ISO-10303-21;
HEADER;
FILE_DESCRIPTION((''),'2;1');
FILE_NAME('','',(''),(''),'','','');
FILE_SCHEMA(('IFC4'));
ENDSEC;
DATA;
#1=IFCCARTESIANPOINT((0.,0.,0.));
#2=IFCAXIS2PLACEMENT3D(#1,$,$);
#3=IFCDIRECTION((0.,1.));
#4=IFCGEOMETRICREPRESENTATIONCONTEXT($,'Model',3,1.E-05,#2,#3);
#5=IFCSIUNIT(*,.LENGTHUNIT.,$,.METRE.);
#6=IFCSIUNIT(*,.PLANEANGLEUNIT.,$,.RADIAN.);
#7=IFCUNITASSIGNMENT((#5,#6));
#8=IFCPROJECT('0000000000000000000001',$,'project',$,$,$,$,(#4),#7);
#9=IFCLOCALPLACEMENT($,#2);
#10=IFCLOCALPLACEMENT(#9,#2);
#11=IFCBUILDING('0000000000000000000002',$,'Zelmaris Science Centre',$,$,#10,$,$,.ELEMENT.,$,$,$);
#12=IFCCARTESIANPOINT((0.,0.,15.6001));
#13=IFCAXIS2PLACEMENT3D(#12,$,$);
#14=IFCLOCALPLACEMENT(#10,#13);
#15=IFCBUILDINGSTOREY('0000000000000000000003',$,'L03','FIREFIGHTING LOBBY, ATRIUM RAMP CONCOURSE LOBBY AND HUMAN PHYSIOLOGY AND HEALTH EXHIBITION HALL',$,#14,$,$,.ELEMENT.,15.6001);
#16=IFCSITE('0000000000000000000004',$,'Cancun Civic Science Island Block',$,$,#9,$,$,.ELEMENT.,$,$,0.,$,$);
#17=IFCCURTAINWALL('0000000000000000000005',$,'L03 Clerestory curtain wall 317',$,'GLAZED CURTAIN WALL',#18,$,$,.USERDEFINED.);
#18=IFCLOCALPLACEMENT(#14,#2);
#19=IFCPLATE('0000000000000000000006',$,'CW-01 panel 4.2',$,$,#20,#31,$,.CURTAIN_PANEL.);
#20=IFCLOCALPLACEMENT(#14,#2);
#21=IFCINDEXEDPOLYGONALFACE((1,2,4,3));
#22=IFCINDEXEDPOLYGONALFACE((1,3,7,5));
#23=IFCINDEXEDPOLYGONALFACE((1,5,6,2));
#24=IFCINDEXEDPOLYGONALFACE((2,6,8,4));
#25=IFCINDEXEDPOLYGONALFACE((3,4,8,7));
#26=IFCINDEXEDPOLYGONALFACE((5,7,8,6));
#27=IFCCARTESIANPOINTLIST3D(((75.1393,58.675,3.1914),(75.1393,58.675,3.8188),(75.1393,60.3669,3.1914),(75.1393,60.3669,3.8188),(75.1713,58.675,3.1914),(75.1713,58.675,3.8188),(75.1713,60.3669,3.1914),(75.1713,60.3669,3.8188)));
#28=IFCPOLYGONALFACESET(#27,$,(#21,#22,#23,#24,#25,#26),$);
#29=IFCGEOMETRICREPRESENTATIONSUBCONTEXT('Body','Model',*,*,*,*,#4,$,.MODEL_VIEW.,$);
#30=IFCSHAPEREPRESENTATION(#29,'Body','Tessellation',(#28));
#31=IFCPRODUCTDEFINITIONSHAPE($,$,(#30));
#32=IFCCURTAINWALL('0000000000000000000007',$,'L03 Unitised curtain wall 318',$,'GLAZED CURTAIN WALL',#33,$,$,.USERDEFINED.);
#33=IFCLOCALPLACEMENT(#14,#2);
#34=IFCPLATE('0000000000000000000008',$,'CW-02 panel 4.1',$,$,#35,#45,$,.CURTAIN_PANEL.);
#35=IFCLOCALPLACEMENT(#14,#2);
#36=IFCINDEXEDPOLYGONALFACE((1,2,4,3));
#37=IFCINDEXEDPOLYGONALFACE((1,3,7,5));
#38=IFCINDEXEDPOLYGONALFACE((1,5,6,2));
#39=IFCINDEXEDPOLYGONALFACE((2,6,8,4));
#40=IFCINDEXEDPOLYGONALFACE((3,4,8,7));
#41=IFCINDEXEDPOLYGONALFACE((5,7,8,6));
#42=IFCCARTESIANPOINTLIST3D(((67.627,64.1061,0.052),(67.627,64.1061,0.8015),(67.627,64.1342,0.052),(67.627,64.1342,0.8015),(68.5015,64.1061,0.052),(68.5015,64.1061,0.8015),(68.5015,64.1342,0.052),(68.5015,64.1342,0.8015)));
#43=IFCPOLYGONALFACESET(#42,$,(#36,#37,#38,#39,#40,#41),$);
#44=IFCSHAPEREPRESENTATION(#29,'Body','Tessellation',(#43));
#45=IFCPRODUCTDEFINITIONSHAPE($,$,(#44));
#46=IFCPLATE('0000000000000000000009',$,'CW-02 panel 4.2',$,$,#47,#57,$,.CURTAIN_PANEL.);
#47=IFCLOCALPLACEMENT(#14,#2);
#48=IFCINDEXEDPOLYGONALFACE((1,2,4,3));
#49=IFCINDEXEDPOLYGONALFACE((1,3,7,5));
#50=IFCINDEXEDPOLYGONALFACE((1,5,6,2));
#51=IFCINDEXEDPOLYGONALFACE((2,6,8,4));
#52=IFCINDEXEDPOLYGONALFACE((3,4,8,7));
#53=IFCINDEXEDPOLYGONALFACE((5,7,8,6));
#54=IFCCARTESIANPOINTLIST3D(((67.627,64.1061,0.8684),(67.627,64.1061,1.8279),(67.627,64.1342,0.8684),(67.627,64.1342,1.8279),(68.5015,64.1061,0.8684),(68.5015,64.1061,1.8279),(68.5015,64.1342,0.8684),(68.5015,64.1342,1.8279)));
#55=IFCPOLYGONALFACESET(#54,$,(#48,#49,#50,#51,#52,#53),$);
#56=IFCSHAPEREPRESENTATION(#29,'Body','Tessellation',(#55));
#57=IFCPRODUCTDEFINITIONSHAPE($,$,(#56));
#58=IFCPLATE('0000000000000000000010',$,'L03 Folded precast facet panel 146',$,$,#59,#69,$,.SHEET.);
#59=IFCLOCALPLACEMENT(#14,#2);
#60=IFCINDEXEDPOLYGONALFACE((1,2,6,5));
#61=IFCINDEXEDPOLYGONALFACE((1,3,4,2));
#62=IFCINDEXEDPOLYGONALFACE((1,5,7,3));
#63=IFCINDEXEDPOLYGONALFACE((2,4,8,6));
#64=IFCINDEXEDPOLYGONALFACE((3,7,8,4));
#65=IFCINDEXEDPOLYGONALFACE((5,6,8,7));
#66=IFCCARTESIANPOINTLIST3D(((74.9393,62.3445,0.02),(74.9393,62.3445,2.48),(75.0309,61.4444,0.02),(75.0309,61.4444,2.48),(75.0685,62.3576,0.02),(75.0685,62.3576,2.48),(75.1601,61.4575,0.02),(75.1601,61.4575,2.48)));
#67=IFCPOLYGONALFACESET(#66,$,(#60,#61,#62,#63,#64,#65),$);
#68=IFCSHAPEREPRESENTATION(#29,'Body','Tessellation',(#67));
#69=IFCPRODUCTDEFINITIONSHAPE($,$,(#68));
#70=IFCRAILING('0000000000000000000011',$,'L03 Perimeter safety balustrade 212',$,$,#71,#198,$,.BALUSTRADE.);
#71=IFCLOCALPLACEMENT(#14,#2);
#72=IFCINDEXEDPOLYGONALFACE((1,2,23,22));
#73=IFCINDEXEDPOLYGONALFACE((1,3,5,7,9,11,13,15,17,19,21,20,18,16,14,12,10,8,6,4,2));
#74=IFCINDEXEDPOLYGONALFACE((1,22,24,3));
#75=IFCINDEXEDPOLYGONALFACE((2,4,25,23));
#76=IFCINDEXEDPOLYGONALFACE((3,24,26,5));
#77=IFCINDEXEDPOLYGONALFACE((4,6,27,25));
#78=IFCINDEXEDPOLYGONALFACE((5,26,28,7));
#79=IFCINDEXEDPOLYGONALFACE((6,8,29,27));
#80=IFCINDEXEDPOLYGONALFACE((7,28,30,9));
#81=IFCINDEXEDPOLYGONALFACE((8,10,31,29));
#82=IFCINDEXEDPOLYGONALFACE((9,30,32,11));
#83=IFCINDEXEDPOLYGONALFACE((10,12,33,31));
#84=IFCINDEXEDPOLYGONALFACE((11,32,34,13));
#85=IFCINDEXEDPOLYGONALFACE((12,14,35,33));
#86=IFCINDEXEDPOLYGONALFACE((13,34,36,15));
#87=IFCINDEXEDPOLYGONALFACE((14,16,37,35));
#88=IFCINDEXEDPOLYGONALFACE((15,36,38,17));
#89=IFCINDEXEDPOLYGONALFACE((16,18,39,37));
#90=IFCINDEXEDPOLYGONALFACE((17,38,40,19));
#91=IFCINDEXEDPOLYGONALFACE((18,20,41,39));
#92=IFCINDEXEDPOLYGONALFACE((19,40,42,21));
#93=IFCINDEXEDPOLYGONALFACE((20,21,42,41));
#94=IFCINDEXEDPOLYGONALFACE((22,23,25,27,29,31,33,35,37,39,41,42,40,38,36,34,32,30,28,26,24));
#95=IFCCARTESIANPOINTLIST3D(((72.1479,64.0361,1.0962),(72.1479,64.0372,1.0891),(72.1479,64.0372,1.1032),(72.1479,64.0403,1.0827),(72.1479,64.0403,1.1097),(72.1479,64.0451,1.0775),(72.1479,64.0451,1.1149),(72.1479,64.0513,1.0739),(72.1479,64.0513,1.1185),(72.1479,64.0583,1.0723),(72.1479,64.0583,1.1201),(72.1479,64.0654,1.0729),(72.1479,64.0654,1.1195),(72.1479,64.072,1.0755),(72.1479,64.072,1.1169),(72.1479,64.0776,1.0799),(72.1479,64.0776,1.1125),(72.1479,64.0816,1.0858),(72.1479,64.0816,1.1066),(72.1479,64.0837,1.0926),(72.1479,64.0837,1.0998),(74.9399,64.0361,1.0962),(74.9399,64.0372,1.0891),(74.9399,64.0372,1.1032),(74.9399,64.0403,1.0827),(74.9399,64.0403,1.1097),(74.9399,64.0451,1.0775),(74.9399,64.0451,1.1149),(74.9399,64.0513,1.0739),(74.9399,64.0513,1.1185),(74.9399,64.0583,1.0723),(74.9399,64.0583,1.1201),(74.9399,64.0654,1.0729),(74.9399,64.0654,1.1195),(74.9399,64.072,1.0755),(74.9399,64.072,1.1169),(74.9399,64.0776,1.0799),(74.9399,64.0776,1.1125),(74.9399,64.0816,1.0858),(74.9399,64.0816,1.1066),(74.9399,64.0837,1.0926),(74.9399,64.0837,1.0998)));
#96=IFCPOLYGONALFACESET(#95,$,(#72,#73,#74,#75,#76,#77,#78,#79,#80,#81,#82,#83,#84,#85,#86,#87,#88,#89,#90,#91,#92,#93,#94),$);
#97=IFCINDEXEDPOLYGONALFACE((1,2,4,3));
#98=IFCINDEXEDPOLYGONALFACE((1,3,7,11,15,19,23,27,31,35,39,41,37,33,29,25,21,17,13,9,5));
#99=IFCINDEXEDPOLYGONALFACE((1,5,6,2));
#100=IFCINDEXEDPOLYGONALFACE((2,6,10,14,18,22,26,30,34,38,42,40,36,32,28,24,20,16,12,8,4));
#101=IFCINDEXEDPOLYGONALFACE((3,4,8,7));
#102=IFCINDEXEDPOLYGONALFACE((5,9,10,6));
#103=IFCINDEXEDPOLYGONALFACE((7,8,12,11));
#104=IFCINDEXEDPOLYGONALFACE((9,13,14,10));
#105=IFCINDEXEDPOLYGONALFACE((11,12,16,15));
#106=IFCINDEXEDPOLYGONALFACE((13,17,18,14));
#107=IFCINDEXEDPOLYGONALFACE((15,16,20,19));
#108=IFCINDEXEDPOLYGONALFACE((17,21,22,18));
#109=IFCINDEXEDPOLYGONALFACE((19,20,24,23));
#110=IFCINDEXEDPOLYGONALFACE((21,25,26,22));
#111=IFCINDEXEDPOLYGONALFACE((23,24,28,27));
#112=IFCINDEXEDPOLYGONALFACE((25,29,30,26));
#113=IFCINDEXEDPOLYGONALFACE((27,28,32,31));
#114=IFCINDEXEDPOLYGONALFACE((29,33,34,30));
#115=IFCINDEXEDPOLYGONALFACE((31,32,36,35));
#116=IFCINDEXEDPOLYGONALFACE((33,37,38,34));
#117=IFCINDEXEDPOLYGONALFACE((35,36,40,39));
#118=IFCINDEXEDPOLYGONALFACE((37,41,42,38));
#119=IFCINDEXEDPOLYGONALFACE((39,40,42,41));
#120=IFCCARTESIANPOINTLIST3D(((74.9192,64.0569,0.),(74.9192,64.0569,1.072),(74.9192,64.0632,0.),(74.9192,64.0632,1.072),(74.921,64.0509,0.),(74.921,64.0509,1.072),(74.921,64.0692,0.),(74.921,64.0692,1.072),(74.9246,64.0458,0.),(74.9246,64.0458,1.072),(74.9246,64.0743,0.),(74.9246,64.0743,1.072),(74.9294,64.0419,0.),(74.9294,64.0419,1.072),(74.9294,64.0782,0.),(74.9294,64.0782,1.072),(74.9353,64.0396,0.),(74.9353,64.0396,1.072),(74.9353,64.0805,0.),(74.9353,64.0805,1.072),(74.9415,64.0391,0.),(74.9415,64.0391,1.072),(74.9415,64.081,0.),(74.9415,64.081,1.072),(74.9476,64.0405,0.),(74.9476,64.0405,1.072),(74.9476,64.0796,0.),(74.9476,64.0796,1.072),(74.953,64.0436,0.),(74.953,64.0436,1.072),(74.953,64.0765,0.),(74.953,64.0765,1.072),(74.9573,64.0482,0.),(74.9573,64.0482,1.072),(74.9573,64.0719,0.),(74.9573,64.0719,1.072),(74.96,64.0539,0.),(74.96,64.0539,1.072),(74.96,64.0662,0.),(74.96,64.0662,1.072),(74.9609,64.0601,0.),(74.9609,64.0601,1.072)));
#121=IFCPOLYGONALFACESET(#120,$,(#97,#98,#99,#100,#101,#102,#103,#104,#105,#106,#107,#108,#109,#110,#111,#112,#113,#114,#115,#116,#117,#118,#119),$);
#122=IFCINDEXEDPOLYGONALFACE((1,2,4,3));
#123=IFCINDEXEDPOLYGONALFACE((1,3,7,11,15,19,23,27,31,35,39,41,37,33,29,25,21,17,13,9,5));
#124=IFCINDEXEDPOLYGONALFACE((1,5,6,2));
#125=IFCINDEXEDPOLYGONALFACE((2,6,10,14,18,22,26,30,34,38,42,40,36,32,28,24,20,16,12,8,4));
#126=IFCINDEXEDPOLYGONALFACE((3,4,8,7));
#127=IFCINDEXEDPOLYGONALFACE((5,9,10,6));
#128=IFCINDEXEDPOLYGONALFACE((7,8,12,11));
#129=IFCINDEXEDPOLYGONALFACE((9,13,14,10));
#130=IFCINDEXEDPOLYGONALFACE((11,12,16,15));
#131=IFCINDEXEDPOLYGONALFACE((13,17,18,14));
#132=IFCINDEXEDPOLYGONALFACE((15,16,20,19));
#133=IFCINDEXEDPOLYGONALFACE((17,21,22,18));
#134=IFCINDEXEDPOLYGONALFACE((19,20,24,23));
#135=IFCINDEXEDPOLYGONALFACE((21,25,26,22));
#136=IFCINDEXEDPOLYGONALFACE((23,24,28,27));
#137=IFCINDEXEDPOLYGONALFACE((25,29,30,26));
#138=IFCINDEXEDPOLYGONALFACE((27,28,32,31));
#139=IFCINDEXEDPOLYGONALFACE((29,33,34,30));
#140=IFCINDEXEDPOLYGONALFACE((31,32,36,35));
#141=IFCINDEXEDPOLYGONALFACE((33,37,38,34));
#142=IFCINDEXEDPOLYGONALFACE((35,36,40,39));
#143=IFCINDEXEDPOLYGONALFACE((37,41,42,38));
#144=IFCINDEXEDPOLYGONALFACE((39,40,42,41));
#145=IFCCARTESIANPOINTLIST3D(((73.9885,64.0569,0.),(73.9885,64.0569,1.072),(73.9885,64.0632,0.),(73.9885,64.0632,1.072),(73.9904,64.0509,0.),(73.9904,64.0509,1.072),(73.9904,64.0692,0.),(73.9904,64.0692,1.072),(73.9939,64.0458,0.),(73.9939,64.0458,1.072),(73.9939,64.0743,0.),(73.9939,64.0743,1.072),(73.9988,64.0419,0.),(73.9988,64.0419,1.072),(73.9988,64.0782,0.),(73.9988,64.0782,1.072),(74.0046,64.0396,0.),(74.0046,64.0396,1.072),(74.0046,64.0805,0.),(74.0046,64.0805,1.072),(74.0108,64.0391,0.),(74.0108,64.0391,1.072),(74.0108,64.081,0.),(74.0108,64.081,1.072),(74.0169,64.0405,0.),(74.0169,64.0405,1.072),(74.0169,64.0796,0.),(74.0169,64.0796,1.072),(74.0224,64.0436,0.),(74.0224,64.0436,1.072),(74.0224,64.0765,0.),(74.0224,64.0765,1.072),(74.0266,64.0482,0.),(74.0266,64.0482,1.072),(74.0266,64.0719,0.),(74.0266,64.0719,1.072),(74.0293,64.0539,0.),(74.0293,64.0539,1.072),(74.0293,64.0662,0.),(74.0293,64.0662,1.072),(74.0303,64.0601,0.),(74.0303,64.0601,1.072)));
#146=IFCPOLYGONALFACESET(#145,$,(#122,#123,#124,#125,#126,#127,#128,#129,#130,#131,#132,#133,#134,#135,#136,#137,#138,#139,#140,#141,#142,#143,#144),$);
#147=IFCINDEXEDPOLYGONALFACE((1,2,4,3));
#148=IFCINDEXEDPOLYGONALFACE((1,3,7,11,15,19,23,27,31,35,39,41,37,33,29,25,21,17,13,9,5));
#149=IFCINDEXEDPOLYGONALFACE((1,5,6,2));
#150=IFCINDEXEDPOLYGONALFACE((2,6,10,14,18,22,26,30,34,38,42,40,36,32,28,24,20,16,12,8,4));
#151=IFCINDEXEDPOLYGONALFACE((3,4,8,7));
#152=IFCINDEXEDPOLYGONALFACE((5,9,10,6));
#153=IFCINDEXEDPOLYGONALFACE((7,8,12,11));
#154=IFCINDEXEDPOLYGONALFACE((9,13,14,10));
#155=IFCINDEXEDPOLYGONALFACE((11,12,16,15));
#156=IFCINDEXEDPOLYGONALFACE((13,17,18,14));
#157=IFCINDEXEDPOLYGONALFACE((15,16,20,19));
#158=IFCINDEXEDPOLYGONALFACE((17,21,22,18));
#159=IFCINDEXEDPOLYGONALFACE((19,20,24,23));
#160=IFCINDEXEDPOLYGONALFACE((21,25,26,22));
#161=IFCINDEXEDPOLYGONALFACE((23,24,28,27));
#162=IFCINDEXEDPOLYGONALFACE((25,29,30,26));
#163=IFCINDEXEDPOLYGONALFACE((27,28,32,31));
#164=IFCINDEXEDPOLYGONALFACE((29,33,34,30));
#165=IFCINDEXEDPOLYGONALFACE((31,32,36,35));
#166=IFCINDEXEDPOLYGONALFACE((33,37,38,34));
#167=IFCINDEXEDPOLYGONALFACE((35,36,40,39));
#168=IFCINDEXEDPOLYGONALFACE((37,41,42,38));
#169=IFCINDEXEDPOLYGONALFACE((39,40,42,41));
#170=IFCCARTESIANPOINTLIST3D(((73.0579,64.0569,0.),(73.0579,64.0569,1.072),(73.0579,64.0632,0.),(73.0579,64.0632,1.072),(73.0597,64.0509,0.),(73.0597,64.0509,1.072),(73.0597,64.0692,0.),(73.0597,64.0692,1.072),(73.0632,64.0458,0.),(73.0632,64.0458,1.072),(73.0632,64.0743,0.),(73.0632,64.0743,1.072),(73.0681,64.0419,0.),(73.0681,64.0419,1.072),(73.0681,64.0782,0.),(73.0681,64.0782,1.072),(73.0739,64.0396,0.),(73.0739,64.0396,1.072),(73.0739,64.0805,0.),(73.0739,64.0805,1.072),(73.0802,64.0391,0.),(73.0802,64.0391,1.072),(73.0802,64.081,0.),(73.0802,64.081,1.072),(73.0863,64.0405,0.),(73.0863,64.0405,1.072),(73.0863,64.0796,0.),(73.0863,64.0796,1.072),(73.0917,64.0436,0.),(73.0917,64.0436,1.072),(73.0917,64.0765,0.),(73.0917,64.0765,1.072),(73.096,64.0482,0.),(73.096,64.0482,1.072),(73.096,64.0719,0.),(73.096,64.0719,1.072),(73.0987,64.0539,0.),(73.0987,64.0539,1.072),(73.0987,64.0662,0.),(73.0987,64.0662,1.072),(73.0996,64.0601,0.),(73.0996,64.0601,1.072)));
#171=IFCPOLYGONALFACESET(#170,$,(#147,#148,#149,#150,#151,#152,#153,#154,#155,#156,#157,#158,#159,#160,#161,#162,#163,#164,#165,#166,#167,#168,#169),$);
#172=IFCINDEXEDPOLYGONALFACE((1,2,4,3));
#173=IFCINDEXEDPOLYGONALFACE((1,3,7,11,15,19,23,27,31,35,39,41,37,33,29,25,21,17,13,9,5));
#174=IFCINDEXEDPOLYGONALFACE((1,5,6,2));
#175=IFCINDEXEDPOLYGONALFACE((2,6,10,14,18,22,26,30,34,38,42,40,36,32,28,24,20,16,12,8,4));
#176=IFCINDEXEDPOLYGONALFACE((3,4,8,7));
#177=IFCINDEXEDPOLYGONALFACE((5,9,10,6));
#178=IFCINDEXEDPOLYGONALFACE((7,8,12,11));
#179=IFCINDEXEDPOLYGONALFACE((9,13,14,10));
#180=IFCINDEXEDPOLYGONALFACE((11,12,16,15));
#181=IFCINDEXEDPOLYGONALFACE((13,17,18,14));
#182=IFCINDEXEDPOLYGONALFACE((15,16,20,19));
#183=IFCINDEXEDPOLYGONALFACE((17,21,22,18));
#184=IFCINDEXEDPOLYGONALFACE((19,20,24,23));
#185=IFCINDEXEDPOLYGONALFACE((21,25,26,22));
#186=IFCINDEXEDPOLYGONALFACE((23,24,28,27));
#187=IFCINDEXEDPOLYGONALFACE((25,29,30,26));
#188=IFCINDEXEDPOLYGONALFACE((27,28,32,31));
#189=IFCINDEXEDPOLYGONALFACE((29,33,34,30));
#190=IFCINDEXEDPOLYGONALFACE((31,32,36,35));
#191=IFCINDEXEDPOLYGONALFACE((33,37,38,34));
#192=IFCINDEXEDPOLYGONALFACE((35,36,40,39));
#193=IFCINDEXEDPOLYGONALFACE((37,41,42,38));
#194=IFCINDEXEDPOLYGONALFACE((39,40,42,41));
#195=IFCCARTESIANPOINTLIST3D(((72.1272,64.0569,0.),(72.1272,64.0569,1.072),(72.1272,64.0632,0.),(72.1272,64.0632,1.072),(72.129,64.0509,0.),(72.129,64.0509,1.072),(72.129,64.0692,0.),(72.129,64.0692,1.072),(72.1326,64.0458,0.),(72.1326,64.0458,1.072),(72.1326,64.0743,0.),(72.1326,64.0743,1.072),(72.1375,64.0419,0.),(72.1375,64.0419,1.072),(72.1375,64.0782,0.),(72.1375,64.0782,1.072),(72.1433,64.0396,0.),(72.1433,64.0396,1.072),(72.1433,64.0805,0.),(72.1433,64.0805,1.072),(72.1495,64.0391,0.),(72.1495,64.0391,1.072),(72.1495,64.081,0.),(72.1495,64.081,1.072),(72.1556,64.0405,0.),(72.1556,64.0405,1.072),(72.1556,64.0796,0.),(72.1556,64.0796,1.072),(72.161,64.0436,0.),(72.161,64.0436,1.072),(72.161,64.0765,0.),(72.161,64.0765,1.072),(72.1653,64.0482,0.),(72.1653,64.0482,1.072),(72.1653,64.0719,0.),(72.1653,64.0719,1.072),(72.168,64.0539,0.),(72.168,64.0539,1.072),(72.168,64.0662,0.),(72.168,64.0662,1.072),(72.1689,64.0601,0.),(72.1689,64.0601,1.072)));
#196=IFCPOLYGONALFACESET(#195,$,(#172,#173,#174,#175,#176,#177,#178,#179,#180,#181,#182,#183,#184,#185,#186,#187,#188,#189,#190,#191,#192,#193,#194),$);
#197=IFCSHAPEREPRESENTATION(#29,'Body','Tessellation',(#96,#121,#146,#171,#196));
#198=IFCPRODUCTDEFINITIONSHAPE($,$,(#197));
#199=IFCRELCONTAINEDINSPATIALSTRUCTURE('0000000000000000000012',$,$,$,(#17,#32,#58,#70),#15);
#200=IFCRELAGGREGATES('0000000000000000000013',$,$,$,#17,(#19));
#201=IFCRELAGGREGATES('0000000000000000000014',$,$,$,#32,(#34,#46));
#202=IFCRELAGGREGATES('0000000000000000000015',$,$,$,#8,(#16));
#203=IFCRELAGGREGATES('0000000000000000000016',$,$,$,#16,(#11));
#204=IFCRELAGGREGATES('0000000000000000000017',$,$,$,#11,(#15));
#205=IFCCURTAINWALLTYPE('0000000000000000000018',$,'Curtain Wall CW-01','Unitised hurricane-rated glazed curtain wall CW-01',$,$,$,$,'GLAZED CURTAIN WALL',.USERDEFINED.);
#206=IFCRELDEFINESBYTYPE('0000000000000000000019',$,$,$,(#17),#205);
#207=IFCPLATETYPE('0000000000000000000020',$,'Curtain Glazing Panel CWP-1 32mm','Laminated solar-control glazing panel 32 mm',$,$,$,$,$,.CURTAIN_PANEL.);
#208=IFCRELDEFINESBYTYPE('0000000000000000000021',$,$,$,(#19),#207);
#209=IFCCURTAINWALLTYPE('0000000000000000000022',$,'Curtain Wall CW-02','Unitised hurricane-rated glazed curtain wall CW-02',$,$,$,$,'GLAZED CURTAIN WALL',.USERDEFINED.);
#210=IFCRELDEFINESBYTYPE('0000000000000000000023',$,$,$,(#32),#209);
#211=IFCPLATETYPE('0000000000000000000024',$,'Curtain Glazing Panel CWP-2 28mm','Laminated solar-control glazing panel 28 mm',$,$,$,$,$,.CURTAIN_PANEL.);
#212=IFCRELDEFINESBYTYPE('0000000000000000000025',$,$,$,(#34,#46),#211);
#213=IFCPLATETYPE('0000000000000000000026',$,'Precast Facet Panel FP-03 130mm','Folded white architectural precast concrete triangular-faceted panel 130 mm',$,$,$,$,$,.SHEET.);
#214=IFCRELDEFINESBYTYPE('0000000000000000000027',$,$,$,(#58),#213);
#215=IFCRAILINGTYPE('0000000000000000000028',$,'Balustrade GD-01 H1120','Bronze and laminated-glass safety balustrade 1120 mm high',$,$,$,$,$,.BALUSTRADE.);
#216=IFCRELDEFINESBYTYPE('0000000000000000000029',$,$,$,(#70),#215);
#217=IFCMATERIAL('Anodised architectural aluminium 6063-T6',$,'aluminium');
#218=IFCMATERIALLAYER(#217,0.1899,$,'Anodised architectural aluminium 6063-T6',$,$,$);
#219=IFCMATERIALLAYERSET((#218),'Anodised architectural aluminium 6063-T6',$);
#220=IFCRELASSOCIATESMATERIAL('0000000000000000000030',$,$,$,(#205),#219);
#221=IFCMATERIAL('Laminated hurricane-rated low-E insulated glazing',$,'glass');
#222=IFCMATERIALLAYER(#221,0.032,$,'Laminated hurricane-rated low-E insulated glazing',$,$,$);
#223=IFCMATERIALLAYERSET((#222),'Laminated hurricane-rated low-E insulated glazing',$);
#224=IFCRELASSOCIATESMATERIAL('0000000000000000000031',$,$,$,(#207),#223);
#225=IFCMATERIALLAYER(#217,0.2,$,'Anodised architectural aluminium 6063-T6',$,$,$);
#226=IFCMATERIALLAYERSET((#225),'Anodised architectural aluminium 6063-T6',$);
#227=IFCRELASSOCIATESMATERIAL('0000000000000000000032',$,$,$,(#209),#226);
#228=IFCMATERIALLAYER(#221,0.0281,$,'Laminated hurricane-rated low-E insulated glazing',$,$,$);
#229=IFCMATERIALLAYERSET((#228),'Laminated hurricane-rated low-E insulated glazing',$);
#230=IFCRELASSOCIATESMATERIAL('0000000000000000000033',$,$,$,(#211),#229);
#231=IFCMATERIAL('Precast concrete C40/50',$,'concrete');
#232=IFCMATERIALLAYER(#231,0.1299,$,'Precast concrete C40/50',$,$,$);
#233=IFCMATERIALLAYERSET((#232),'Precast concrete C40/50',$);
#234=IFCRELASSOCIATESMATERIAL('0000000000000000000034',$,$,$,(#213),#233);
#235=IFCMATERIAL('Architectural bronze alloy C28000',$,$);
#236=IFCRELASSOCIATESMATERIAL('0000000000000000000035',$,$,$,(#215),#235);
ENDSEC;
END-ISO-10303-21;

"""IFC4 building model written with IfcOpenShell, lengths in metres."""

from ifc_helpers import new_model, si_unit, direction, frame, frame_2d, origin, origin_2d, place, context, subcontext, project, spatial, rectangle, circle, extrude, material, layer, layer_set, type_object, element, aggregate, save


model = new_model("IFC4")

# Units and contexts
model_context = context("Model", 3, precision=1e-05, world=origin(), true_north=direction((0.0, 1.0)))
body_context = subcontext(model_context, "Body", "Model", "MODEL_VIEW")
ifc_project = project(units=[si_unit("LENGTHUNIT", "METRE"), si_unit("PLANEANGLEUNIT", "RADIAN")], contexts=[model_context])

# Site, building, storey
site_placement = place(None, origin())
site = spatial("IfcSite", under=ifc_project, at=site_placement, Name="Cancun Civic Science Island Block", CompositionType="ELEMENT", RefElevation=0.0)
building_placement = place(site_placement, origin())
building = spatial("IfcBuilding", under=site, at=building_placement, Name="Zelmaris Science Centre", CompositionType="ELEMENT")
storey_placement = place(building_placement, frame((0.0, 0.0, 15.6001)))
storey = spatial("IfcBuildingStorey", under=building, at=storey_placement, Name="L03", Description="FIREFIGHTING LOBBY, ATRIUM RAMP CONCOURSE LOBBY AND HUMAN PHYSIOLOGY AND HEALTH EXHIBITION HALL", CompositionType="ELEMENT", Elevation=15.6001)

# Curtain wall
ifc_material_1 = material(Name="Anodised architectural aluminium 6063-T6", Category="aluminium")
ifc_layer_1 = layer(ifc_material_1, 0.1899, Name="Anodised architectural aluminium 6063-T6")
ifc_layer_set_1 = layer_set([ifc_layer_1], Name="Anodised architectural aluminium 6063-T6")
curtain_wall_type_1 = type_object("IfcCurtainWallType", Name="Curtain Wall CW-01", Description="Unitised hurricane-rated glazed curtain wall CW-01", ElementType="GLAZED CURTAIN WALL", PredefinedType="USERDEFINED", material=ifc_layer_set_1)
curtain_wall_1_placement = place(storey_placement, origin())
curtain_wall_1 = element("IfcCurtainWall", 1, at=curtain_wall_1_placement, inside=storey, type_object=curtain_wall_type_1, Name="L03 Clerestory curtain wall 317", ObjectType="GLAZED CURTAIN WALL", PredefinedType="USERDEFINED")

# Plate
ifc_material_2 = material(Name="Laminated hurricane-rated low-E insulated glazing", Category="glass")
ifc_layer_2 = layer(ifc_material_2, 0.032, Name="Laminated hurricane-rated low-E insulated glazing")
ifc_layer_set_2 = layer_set([ifc_layer_2], Name="Laminated hurricane-rated low-E insulated glazing")
plate_type_1 = type_object("IfcPlateType", Name="Curtain Glazing Panel CWP-1 32mm", Description="Laminated solar-control glazing panel 32 mm", PredefinedType="CURTAIN_PANEL", material=ifc_layer_set_2)
plate_1_placement = place(storey_placement, frame((75.1553, 59.521, 3.1914), z_axis=(0.0, 0.0, 1.0), x_axis=(0.000009, 1.0, 0.0)))
plate_1 = element("IfcPlate", 2, at=plate_1_placement, type_object=plate_type_1, Name="CW-01 panel 4.2", PredefinedType="CURTAIN_PANEL", context=body_context, shape_type="SweptSolid", body=[
    extrude(rectangle(XDim=1.6919, YDim=0.032, at=origin_2d()), origin(), (0.0, 0.0, 1.0), 0.6274),
])
aggregate(curtain_wall_1, [plate_1])

# Curtain wall, plates
ifc_layer_3 = layer(ifc_material_1, 0.2, Name="Anodised architectural aluminium 6063-T6")
ifc_layer_set_3 = layer_set([ifc_layer_3], Name="Anodised architectural aluminium 6063-T6")
curtain_wall_type_2 = type_object("IfcCurtainWallType", Name="Curtain Wall CW-02", Description="Unitised hurricane-rated glazed curtain wall CW-02", ElementType="GLAZED CURTAIN WALL", PredefinedType="USERDEFINED", material=ifc_layer_set_3)
curtain_wall_2_placement = place(storey_placement, origin())
curtain_wall_2 = element("IfcCurtainWall", 3, at=curtain_wall_2_placement, inside=storey, type_object=curtain_wall_type_2, Name="L03 Unitised curtain wall 318", ObjectType="GLAZED CURTAIN WALL", PredefinedType="USERDEFINED")
ifc_layer_4 = layer(ifc_material_2, 0.0281, Name="Laminated hurricane-rated low-E insulated glazing")
ifc_layer_set_4 = layer_set([ifc_layer_4], Name="Laminated hurricane-rated low-E insulated glazing")
plate_type_2 = type_object("IfcPlateType", Name="Curtain Glazing Panel CWP-2 28mm", Description="Laminated solar-control glazing panel 28 mm", PredefinedType="CURTAIN_PANEL", material=ifc_layer_set_4)
plate_2_placement = place(storey_placement, frame((68.0642, 64.1201, 0.052), z_axis=(0.0, 0.0, 1.0), x_axis=(-1.0, 0.0, 0.0)))
plate_2 = element("IfcPlate", 4, at=plate_2_placement, type_object=plate_type_2, Name="CW-02 panel 4.1", PredefinedType="CURTAIN_PANEL", context=body_context, shape_type="SweptSolid", body=[
    extrude(rectangle(XDim=0.8745, YDim=0.0281, at=origin_2d()), origin(), (0.0, 0.0, 1.0), 0.7495),
])
plate_3_placement = place(storey_placement, frame((68.0642, 64.1201, 0.8684), z_axis=(0.0, 0.0, 1.0), x_axis=(-1.0, 0.0, 0.0)))
plate_3 = element("IfcPlate", 5, at=plate_3_placement, type_object=plate_type_2, Name="CW-02 panel 4.2", PredefinedType="CURTAIN_PANEL", context=body_context, shape_type="SweptSolid", body=[
    extrude(rectangle(XDim=0.8745, YDim=0.0281, at=origin_2d()), origin(), (0.0, 0.0, 1.0), 0.9595),
])
aggregate(curtain_wall_2, [plate_2, plate_3])

# Plate
ifc_material_3 = material(Name="Precast concrete C40/50", Category="concrete")
ifc_layer_5 = layer(ifc_material_3, 0.1299, Name="Precast concrete C40/50")
ifc_layer_set_5 = layer_set([ifc_layer_5], Name="Precast concrete C40/50")
plate_type_3 = type_object("IfcPlateType", Name="Precast Facet Panel FP-03 130mm", Description="Folded white architectural precast concrete triangular-faceted panel 130 mm", PredefinedType="SHEET", material=ifc_layer_set_5)
plate_4_placement = place(storey_placement, frame((75.0955, 61.4509, 0.02), z_axis=(0.0, 0.0, 1.0), x_axis=(-0.101187, 0.994867, 0.0)))
element("IfcPlate", 6, at=plate_4_placement, inside=storey, type_object=plate_type_3, Name="L03 Folded precast facet panel 146", PredefinedType="SHEET", context=body_context, shape_type="SweptSolid", body=[
    extrude(rectangle(XDim=0.9048, YDim=0.1299, at=frame_2d((0.4524, 0.0))), origin(), (0.0, 0.0, 1.0), 2.46),
])

# Railing
ifc_material_4 = material(Name="Architectural bronze alloy C28000")
railing_type = type_object("IfcRailingType", Name="Balustrade GD-01 H1120", Description="Bronze and laminated-glass safety balustrade 1120 mm high", PredefinedType="BALUSTRADE", material=ifc_material_4)
railing_1_placement = place(storey_placement, frame((74.9399, 64.0601, 0.0)))
element("IfcRailing", 7, at=railing_1_placement, inside=storey, type_object=railing_type, Name="L03 Perimeter safety balustrade 212", PredefinedType="BALUSTRADE", context=body_context, shape_type="SweptSolid", body=[
    extrude(circle(Radius=0.0239, at=origin_2d()), frame((0.0, 0.0, 1.0962), z_axis=(-1.0, 0.0, 0.0), x_axis=(0.0, -1.0, 0.0)), (0.0, 0.0, 1.0), 2.792),
    extrude(circle(Radius=0.021, at=origin_2d()), origin(), (0.0, 0.0, 1.0), 1.072),
    extrude(circle(Radius=0.021, at=origin_2d()), frame((-0.9307, 0.0, 0.0)), (0.0, 0.0, 1.0), 1.072),
    extrude(circle(Radius=0.021, at=origin_2d()), frame((-1.8613, 0.0, 0.0)), (0.0, 0.0, 1.0), 1.072),
    extrude(circle(Radius=0.021, at=origin_2d()), frame((-2.792, 0.0, 0.0)), (0.0, 0.0, 1.0), 1.072),
])

save(model, "model.ifc")
